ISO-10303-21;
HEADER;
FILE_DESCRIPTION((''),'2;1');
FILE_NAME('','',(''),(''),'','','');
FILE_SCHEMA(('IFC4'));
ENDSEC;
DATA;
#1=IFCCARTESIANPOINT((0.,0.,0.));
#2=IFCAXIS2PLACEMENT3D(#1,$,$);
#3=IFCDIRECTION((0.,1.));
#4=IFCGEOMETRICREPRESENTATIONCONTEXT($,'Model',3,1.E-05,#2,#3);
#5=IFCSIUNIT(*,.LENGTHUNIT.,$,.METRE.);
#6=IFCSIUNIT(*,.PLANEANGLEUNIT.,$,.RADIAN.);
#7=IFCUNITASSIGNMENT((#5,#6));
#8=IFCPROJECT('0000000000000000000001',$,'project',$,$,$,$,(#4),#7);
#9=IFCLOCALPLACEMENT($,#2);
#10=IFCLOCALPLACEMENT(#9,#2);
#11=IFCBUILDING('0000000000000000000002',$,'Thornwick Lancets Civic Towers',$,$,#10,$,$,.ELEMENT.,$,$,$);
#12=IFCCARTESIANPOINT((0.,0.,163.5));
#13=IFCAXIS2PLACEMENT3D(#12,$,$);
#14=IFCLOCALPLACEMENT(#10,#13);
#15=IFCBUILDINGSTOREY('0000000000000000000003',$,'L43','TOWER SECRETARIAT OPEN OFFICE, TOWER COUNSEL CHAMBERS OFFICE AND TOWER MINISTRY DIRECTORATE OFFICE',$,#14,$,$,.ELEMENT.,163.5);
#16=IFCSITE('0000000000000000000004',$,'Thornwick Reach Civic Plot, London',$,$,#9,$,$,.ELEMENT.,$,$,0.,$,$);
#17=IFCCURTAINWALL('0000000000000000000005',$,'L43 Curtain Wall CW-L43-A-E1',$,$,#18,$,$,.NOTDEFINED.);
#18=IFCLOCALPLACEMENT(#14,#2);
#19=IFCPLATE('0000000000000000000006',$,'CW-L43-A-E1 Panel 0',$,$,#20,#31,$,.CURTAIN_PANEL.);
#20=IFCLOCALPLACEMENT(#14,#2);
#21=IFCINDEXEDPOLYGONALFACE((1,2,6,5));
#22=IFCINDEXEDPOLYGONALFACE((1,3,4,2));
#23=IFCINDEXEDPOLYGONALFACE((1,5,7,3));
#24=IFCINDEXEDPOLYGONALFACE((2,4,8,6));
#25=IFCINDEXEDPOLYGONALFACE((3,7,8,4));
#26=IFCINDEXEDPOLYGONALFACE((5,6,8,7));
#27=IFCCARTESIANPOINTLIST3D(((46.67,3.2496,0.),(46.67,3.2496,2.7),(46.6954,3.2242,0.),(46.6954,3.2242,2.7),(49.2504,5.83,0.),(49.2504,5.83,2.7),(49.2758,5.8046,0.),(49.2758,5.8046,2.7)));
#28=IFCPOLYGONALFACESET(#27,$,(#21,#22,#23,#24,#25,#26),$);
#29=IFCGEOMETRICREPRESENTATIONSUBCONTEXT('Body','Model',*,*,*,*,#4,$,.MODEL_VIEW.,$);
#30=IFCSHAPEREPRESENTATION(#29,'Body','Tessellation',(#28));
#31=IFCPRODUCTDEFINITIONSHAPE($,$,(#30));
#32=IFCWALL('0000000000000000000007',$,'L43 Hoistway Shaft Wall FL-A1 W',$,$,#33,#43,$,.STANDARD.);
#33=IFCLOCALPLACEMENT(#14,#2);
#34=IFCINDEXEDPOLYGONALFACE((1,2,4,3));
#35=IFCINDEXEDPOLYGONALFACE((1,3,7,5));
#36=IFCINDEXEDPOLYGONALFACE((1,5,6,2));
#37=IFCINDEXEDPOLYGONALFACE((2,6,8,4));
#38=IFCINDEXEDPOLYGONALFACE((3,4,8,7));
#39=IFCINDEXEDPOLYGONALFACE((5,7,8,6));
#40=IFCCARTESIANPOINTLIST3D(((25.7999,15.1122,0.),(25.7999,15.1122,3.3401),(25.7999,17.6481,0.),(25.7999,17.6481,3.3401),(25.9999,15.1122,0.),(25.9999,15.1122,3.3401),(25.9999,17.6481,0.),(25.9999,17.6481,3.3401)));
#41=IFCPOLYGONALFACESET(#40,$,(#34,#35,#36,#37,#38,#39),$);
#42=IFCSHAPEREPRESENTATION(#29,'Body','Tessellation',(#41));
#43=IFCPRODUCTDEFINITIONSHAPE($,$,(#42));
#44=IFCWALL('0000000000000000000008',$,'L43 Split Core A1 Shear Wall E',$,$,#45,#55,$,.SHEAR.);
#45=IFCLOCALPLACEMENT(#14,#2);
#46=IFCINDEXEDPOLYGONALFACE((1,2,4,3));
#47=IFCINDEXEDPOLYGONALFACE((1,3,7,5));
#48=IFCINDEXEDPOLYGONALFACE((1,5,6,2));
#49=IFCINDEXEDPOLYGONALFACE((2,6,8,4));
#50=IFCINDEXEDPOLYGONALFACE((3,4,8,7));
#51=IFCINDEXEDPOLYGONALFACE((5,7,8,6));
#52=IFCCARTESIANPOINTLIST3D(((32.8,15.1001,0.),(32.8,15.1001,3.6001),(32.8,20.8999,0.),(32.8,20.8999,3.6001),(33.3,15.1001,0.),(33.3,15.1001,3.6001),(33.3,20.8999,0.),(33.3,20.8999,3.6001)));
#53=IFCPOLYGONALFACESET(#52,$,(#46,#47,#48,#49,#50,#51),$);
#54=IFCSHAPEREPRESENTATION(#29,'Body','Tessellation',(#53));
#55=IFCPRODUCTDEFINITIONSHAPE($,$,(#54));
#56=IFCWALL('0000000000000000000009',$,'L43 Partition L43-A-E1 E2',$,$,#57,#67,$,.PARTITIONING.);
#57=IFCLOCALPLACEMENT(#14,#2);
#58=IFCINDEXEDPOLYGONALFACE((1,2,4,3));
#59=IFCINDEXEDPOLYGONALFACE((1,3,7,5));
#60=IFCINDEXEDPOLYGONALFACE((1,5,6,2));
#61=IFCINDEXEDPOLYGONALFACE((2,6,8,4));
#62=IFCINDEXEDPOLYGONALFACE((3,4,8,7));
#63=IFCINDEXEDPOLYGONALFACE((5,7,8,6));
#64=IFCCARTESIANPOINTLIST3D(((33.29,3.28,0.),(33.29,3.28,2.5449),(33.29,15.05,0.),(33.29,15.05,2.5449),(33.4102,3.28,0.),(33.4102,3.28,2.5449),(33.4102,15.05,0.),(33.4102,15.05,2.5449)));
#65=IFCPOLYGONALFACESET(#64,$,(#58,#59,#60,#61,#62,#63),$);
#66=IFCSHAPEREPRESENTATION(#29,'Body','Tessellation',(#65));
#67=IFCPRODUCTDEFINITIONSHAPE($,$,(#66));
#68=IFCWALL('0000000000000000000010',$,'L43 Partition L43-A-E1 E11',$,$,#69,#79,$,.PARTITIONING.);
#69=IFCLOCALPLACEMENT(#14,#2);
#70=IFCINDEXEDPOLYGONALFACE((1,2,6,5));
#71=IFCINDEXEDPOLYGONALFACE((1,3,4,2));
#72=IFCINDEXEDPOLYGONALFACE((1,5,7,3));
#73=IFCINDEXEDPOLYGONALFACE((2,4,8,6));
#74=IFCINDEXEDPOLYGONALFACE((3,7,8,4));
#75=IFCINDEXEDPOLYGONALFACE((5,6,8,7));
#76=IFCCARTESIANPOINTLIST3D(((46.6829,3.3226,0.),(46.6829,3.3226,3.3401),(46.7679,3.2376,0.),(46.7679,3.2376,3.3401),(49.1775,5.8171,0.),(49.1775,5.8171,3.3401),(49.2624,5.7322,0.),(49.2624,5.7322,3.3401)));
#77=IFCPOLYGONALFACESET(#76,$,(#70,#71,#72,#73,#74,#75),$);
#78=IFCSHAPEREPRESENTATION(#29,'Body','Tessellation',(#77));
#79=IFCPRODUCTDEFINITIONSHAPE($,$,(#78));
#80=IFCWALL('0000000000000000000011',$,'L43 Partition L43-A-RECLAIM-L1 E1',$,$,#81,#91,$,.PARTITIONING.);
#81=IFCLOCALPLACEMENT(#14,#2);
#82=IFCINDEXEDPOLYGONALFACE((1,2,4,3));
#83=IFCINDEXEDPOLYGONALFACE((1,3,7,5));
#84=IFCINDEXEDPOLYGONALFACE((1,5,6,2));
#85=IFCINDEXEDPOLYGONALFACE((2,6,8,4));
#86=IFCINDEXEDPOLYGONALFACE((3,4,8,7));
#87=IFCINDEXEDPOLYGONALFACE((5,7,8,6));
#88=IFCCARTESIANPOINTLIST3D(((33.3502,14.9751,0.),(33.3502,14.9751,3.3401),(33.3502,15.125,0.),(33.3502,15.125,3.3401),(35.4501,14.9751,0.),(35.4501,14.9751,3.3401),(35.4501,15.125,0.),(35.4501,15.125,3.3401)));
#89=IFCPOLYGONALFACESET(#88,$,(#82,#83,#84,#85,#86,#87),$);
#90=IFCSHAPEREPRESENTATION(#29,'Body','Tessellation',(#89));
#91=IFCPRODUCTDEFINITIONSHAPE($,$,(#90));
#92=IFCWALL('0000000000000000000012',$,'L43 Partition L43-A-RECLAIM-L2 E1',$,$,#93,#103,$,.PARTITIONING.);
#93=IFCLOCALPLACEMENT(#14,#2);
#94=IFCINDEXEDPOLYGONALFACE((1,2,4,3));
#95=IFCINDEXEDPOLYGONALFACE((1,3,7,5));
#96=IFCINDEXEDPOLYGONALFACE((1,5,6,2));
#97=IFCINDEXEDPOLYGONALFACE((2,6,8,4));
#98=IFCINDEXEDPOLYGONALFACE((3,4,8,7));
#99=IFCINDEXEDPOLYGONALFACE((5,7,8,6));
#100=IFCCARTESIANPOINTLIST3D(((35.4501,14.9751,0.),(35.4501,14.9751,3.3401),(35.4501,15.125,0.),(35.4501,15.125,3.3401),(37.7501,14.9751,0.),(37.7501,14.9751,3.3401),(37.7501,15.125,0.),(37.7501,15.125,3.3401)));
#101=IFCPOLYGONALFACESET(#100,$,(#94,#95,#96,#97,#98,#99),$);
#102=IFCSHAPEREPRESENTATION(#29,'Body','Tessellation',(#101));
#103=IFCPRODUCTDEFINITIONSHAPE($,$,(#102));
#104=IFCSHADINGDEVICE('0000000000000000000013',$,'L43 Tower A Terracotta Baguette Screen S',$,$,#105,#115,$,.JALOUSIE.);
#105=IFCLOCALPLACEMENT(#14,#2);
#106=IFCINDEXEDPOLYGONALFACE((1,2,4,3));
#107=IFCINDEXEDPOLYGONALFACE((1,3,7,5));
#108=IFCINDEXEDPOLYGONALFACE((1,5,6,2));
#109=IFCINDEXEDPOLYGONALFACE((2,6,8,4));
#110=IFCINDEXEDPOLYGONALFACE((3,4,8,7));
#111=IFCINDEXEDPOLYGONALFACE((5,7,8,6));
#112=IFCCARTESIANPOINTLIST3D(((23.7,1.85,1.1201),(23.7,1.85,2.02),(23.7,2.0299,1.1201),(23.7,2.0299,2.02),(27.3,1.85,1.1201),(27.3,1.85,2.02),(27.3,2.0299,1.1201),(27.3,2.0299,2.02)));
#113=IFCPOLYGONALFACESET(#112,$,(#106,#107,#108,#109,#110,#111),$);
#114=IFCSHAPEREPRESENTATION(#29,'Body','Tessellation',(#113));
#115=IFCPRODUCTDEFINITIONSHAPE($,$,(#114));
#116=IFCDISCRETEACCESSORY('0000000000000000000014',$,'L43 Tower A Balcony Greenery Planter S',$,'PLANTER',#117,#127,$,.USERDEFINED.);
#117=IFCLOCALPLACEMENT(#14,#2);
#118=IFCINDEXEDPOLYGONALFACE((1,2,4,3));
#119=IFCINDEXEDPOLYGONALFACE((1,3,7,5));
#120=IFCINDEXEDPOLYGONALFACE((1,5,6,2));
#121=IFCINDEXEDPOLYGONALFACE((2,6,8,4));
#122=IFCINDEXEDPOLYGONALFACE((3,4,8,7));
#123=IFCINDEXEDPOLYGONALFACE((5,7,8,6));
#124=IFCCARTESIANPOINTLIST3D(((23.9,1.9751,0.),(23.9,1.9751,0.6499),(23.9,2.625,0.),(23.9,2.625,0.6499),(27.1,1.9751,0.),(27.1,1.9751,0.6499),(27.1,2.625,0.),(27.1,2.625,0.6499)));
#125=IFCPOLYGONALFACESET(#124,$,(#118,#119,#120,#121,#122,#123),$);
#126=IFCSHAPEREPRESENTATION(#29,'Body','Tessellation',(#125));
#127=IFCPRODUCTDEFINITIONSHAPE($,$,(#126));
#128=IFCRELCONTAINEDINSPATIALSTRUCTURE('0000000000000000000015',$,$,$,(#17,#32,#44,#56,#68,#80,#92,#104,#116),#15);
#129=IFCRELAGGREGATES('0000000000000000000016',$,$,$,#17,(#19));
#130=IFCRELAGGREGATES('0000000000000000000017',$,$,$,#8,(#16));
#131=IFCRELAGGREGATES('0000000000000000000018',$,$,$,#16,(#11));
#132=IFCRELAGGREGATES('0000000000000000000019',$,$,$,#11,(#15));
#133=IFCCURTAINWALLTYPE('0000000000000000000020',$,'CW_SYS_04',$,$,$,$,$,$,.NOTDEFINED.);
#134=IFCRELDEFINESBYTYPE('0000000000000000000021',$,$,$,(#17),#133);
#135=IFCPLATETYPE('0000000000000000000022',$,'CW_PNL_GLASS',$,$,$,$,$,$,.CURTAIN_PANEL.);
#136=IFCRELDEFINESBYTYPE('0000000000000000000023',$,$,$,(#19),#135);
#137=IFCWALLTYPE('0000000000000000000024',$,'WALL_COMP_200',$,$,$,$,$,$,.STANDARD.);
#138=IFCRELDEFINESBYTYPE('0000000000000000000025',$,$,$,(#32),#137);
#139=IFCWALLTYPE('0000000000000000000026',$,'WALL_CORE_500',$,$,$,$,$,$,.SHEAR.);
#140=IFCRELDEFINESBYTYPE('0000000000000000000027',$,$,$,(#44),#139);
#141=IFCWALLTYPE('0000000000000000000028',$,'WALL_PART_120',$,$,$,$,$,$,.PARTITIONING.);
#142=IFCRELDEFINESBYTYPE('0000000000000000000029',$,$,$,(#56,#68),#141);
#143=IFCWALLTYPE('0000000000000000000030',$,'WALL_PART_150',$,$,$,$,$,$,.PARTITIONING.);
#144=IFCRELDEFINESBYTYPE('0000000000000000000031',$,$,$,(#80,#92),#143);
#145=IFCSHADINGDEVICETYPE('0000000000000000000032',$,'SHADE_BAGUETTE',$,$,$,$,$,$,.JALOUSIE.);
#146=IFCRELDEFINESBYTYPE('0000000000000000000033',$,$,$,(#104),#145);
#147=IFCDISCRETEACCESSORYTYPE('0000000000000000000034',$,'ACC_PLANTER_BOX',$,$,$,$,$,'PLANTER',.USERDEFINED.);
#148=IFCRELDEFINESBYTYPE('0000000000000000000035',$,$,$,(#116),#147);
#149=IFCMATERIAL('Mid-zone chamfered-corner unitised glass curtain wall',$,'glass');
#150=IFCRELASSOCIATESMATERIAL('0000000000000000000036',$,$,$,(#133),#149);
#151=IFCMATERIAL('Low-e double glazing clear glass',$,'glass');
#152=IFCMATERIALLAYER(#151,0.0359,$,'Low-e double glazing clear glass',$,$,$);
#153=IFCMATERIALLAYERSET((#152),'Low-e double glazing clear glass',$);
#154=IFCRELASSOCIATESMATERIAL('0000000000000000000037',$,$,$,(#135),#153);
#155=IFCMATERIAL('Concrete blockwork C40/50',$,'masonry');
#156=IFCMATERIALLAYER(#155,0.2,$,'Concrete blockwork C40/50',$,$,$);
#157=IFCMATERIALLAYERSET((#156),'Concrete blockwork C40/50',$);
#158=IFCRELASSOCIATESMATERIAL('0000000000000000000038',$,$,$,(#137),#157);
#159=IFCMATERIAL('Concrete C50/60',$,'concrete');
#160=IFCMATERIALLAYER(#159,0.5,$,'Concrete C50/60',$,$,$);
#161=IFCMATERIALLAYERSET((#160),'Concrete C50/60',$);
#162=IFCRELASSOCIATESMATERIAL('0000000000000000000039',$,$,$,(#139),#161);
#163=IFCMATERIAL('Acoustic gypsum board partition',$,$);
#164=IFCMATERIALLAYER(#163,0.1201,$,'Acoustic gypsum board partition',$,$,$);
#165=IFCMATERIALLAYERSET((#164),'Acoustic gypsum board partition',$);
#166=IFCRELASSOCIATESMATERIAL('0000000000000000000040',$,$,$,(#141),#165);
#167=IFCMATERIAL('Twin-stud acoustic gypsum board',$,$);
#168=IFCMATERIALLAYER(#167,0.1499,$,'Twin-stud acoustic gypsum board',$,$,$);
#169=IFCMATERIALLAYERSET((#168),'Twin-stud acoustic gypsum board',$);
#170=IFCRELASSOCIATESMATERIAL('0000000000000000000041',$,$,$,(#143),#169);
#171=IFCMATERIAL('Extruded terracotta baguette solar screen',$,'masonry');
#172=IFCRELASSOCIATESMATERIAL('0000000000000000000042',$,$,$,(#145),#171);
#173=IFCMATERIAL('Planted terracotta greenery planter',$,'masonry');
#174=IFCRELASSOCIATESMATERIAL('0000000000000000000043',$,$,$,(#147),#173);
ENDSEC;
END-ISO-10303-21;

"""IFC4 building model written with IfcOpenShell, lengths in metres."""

from ifc_helpers import new_model, si_unit, direction, frame, frame_2d, origin, origin_2d, place, context, subcontext, project, spatial, rectangle, extrude, material, layer, layer_set, type_object, element, aggregate, save


model = new_model("IFC4")

# Units and contexts
model_context = context("Model", 3, precision=1e-05, world=origin(), true_north=direction((0.0, 1.0)))
body_context = subcontext(model_context, "Body", "Model", "MODEL_VIEW")
ifc_project = project(units=[si_unit("LENGTHUNIT", "METRE"), si_unit("PLANEANGLEUNIT", "RADIAN")], contexts=[model_context])

# Site, building, storey
site_placement = place(None, origin())
site = spatial("IfcSite", under=ifc_project, at=site_placement, Name="Thornwick Reach Civic Plot, London", CompositionType="ELEMENT", RefElevation=0.0)
building_placement = place(site_placement, origin())
building = spatial("IfcBuilding", under=site, at=building_placement, Name="Thornwick Lancets Civic Towers", CompositionType="ELEMENT")
storey_placement = place(building_placement, frame((0.0, 0.0, 163.5)))
storey = spatial("IfcBuildingStorey", under=building, at=storey_placement, Name="L43", Description="TOWER SECRETARIAT OPEN OFFICE, TOWER COUNSEL CHAMBERS OFFICE AND TOWER MINISTRY DIRECTORATE OFFICE", CompositionType="ELEMENT", Elevation=163.5)

# Shared definitions
ifc_material_1 = material(Name="Concrete C50/60", Category="concrete")

# Curtain wall, plate
ifc_material_2 = material(Name="Mid-zone chamfered-corner unitised glass curtain wall", Category="glass")
curtain_wall_type = type_object("IfcCurtainWallType", Name="CW_SYS_04", PredefinedType="NOTDEFINED", material=ifc_material_2)
curtain_wall_placement = place(storey_placement, origin())
curtain_wall = element("IfcCurtainWall", 1, at=curtain_wall_placement, inside=storey, type_object=curtain_wall_type, Name="L43 Curtain Wall CW-L43-A-E1", PredefinedType="NOTDEFINED")
ifc_material_3 = material(Name="Low-e double glazing clear glass", Category="glass")
ifc_layer_1 = layer(ifc_material_3, 0.0359, Name="Low-e double glazing clear glass")
ifc_layer_set_1 = layer_set([ifc_layer_1], Name="Low-e double glazing clear glass")
plate_type = type_object("IfcPlateType", Name="CW_PNL_GLASS", PredefinedType="CURTAIN_PANEL", material=ifc_layer_set_1)
plate_placement = place(storey_placement, frame((47.9729, 4.5271, 0.0), z_axis=(0.0, 0.0, 1.0), x_axis=(0.707107, 0.707107, 0.0)))
plate = element("IfcPlate", 2, at=plate_placement, type_object=plate_type, Name="CW-L43-A-E1 Panel 0", PredefinedType="CURTAIN_PANEL", context=body_context, shape_type="SweptSolid", body=[
    extrude(rectangle(XDim=3.6492, YDim=0.0359, at=origin_2d()), origin(), (0.0, 0.0, 1.0), 2.7),
])
aggregate(curtain_wall, [plate])

# Walls
ifc_material_4 = material(Name="Concrete blockwork C40/50", Category="masonry")
ifc_layer_2 = layer(ifc_material_4, 0.2, Name="Concrete blockwork C40/50")
ifc_layer_set_2 = layer_set([ifc_layer_2], Name="Concrete blockwork C40/50")
wall_type_1 = type_object("IfcWallType", Name="WALL_COMP_200", PredefinedType="STANDARD", material=ifc_layer_set_2)
wall_1_placement = place(storey_placement, frame((25.8999, 15.1121, 0.0), z_axis=(0.0, 0.0, 1.0), x_axis=(0.0, 1.0, 0.0)))
element("IfcWall", 3, at=wall_1_placement, inside=storey, type_object=wall_type_1, Name="L43 Hoistway Shaft Wall FL-A1 W", PredefinedType="STANDARD", context=body_context, shape_type="SweptSolid", body=[
    extrude(rectangle(XDim=2.5359, YDim=0.2, at=frame_2d((1.2681, 0.0))), origin(), (0.0, 0.0, 1.0), 3.3401),
])
ifc_layer_3 = layer(ifc_material_1, 0.5, Name="Concrete C50/60")
ifc_layer_set_3 = layer_set([ifc_layer_3], Name="Concrete C50/60")
wall_type_2 = type_object("IfcWallType", Name="WALL_CORE_500", PredefinedType="SHEAR", material=ifc_layer_set_3)
wall_2_placement = place(storey_placement, frame((33.05, 15.1001, 0.0), z_axis=(0.0, 0.0, 1.0), x_axis=(0.0, 1.0, 0.0)))
element("IfcWall", 4, at=wall_2_placement, inside=storey, type_object=wall_type_2, Name="L43 Split Core A1 Shear Wall E", PredefinedType="SHEAR", context=body_context, shape_type="SweptSolid", body=[
    extrude(rectangle(XDim=5.7998, YDim=0.5, at=frame_2d((2.8999, 0.0))), origin(), (0.0, 0.0, 1.0), 3.6001),
])
ifc_material_5 = material(Name="Acoustic gypsum board partition")
ifc_layer_4 = layer(ifc_material_5, 0.1201, Name="Acoustic gypsum board partition")
ifc_layer_set_4 = layer_set([ifc_layer_4], Name="Acoustic gypsum board partition")
wall_type_3 = type_object("IfcWallType", Name="WALL_PART_120", PredefinedType="PARTITIONING", material=ifc_layer_set_4)
wall_3_placement = place(storey_placement, frame((33.3501, 3.28, 0.0), z_axis=(0.0, 0.0, 1.0), x_axis=(0.0, 1.0, 0.0)))
element("IfcWall", 5, at=wall_3_placement, inside=storey, type_object=wall_type_3, Name="L43 Partition L43-A-E1 E2", PredefinedType="PARTITIONING", context=body_context, shape_type="SweptSolid", body=[
    extrude(rectangle(XDim=11.77, YDim=0.1201, at=frame_2d((5.885, 0.0))), origin(), (0.0, 0.0, 1.0), 2.5449),
])
wall_4_placement = place(storey_placement, frame((49.22, 5.7747, 0.0), z_axis=(0.0, 0.0, 1.0), x_axis=(-0.707107, -0.707107, 0.0)))
element("IfcWall", 6, at=wall_4_placement, inside=storey, type_object=wall_type_3, Name="L43 Partition L43-A-E1 E11", PredefinedType="PARTITIONING", context=body_context, shape_type="SweptSolid", body=[
    extrude(rectangle(XDim=3.5278, YDim=0.1201, at=frame_2d((1.7639, 0.0))), origin(), (0.0, 0.0, 1.0), 3.3401),
])
ifc_material_6 = material(Name="Twin-stud acoustic gypsum board")
ifc_layer_5 = layer(ifc_material_6, 0.1499, Name="Twin-stud acoustic gypsum board")
ifc_layer_set_5 = layer_set([ifc_layer_5], Name="Twin-stud acoustic gypsum board")
wall_type_4 = type_object("IfcWallType", Name="WALL_PART_150", PredefinedType="PARTITIONING", material=ifc_layer_set_5)
wall_5_placement = place(storey_placement, frame((35.45, 15.05, 0.0), z_axis=(0.0, 0.0, 1.0), x_axis=(-1.0, 0.0, 0.0)))
element("IfcWall", 7, at=wall_5_placement, inside=storey, type_object=wall_type_4, Name="L43 Partition L43-A-RECLAIM-L1 E1", PredefinedType="PARTITIONING", context=body_context, shape_type="SweptSolid", body=[
    extrude(rectangle(XDim=2.0999, YDim=0.1499, at=frame_2d((1.0498, 0.0))), origin(), (0.0, 0.0, 1.0), 3.3401),
])
wall_6_placement = place(storey_placement, frame((37.75, 15.05, 0.0), z_axis=(0.0, 0.0, 1.0), x_axis=(-1.0, 0.0, 0.0)))
element("IfcWall", 8, at=wall_6_placement, inside=storey, type_object=wall_type_4, Name="L43 Partition L43-A-RECLAIM-L2 E1", PredefinedType="PARTITIONING", context=body_context, shape_type="SweptSolid", body=[
    extrude(rectangle(XDim=2.3, YDim=0.1499, at=frame_2d((1.1499, 0.0))), origin(), (0.0, 0.0, 1.0), 3.3401),
])

# Shading device
ifc_material_7 = material(Name="Extruded terracotta baguette solar screen", Category="masonry")
shading_device_type = type_object("IfcShadingDeviceType", Name="SHADE_BAGUETTE", PredefinedType="JALOUSIE", material=ifc_material_7)
shading_device_placement = place(storey_placement, frame((25.5, 1.9399, 1.1201), z_axis=(0.0, 0.0, 1.0), x_axis=(1.0, 0.0, 0.0)))
element("IfcShadingDevice", 9, at=shading_device_placement, inside=storey, type_object=shading_device_type, Name="L43 Tower A Terracotta Baguette Screen S", PredefinedType="JALOUSIE", context=body_context, shape_type="SweptSolid", body=[
    extrude(rectangle(XDim=3.6001, YDim=0.1799, at=origin_2d()), origin(), (0.0, 0.0, 1.0), 0.8999),
])

# Discrete accessory
ifc_material_8 = material(Name="Planted terracotta greenery planter", Category="masonry")
discrete_accessory_type = type_object("IfcDiscreteAccessoryType", Name="ACC_PLANTER_BOX", ElementType="PLANTER", PredefinedType="USERDEFINED", material=ifc_material_8)
discrete_accessory_placement = place(storey_placement, frame((25.5, 2.3, 0.0), z_axis=(0.0, 0.0, 1.0), x_axis=(1.0, 0.0, 0.0)))
element("IfcDiscreteAccessory", 10, at=discrete_accessory_placement, inside=storey, type_object=discrete_accessory_type, Name="L43 Tower A Balcony Greenery Planter S", ObjectType="PLANTER", PredefinedType="USERDEFINED", context=body_context, shape_type="SweptSolid", body=[
    extrude(rectangle(XDim=3.2, YDim=0.6499, at=origin_2d()), origin(), (0.0, 0.0, 1.0), 0.6499),
])

save(model, "model.ifc")
